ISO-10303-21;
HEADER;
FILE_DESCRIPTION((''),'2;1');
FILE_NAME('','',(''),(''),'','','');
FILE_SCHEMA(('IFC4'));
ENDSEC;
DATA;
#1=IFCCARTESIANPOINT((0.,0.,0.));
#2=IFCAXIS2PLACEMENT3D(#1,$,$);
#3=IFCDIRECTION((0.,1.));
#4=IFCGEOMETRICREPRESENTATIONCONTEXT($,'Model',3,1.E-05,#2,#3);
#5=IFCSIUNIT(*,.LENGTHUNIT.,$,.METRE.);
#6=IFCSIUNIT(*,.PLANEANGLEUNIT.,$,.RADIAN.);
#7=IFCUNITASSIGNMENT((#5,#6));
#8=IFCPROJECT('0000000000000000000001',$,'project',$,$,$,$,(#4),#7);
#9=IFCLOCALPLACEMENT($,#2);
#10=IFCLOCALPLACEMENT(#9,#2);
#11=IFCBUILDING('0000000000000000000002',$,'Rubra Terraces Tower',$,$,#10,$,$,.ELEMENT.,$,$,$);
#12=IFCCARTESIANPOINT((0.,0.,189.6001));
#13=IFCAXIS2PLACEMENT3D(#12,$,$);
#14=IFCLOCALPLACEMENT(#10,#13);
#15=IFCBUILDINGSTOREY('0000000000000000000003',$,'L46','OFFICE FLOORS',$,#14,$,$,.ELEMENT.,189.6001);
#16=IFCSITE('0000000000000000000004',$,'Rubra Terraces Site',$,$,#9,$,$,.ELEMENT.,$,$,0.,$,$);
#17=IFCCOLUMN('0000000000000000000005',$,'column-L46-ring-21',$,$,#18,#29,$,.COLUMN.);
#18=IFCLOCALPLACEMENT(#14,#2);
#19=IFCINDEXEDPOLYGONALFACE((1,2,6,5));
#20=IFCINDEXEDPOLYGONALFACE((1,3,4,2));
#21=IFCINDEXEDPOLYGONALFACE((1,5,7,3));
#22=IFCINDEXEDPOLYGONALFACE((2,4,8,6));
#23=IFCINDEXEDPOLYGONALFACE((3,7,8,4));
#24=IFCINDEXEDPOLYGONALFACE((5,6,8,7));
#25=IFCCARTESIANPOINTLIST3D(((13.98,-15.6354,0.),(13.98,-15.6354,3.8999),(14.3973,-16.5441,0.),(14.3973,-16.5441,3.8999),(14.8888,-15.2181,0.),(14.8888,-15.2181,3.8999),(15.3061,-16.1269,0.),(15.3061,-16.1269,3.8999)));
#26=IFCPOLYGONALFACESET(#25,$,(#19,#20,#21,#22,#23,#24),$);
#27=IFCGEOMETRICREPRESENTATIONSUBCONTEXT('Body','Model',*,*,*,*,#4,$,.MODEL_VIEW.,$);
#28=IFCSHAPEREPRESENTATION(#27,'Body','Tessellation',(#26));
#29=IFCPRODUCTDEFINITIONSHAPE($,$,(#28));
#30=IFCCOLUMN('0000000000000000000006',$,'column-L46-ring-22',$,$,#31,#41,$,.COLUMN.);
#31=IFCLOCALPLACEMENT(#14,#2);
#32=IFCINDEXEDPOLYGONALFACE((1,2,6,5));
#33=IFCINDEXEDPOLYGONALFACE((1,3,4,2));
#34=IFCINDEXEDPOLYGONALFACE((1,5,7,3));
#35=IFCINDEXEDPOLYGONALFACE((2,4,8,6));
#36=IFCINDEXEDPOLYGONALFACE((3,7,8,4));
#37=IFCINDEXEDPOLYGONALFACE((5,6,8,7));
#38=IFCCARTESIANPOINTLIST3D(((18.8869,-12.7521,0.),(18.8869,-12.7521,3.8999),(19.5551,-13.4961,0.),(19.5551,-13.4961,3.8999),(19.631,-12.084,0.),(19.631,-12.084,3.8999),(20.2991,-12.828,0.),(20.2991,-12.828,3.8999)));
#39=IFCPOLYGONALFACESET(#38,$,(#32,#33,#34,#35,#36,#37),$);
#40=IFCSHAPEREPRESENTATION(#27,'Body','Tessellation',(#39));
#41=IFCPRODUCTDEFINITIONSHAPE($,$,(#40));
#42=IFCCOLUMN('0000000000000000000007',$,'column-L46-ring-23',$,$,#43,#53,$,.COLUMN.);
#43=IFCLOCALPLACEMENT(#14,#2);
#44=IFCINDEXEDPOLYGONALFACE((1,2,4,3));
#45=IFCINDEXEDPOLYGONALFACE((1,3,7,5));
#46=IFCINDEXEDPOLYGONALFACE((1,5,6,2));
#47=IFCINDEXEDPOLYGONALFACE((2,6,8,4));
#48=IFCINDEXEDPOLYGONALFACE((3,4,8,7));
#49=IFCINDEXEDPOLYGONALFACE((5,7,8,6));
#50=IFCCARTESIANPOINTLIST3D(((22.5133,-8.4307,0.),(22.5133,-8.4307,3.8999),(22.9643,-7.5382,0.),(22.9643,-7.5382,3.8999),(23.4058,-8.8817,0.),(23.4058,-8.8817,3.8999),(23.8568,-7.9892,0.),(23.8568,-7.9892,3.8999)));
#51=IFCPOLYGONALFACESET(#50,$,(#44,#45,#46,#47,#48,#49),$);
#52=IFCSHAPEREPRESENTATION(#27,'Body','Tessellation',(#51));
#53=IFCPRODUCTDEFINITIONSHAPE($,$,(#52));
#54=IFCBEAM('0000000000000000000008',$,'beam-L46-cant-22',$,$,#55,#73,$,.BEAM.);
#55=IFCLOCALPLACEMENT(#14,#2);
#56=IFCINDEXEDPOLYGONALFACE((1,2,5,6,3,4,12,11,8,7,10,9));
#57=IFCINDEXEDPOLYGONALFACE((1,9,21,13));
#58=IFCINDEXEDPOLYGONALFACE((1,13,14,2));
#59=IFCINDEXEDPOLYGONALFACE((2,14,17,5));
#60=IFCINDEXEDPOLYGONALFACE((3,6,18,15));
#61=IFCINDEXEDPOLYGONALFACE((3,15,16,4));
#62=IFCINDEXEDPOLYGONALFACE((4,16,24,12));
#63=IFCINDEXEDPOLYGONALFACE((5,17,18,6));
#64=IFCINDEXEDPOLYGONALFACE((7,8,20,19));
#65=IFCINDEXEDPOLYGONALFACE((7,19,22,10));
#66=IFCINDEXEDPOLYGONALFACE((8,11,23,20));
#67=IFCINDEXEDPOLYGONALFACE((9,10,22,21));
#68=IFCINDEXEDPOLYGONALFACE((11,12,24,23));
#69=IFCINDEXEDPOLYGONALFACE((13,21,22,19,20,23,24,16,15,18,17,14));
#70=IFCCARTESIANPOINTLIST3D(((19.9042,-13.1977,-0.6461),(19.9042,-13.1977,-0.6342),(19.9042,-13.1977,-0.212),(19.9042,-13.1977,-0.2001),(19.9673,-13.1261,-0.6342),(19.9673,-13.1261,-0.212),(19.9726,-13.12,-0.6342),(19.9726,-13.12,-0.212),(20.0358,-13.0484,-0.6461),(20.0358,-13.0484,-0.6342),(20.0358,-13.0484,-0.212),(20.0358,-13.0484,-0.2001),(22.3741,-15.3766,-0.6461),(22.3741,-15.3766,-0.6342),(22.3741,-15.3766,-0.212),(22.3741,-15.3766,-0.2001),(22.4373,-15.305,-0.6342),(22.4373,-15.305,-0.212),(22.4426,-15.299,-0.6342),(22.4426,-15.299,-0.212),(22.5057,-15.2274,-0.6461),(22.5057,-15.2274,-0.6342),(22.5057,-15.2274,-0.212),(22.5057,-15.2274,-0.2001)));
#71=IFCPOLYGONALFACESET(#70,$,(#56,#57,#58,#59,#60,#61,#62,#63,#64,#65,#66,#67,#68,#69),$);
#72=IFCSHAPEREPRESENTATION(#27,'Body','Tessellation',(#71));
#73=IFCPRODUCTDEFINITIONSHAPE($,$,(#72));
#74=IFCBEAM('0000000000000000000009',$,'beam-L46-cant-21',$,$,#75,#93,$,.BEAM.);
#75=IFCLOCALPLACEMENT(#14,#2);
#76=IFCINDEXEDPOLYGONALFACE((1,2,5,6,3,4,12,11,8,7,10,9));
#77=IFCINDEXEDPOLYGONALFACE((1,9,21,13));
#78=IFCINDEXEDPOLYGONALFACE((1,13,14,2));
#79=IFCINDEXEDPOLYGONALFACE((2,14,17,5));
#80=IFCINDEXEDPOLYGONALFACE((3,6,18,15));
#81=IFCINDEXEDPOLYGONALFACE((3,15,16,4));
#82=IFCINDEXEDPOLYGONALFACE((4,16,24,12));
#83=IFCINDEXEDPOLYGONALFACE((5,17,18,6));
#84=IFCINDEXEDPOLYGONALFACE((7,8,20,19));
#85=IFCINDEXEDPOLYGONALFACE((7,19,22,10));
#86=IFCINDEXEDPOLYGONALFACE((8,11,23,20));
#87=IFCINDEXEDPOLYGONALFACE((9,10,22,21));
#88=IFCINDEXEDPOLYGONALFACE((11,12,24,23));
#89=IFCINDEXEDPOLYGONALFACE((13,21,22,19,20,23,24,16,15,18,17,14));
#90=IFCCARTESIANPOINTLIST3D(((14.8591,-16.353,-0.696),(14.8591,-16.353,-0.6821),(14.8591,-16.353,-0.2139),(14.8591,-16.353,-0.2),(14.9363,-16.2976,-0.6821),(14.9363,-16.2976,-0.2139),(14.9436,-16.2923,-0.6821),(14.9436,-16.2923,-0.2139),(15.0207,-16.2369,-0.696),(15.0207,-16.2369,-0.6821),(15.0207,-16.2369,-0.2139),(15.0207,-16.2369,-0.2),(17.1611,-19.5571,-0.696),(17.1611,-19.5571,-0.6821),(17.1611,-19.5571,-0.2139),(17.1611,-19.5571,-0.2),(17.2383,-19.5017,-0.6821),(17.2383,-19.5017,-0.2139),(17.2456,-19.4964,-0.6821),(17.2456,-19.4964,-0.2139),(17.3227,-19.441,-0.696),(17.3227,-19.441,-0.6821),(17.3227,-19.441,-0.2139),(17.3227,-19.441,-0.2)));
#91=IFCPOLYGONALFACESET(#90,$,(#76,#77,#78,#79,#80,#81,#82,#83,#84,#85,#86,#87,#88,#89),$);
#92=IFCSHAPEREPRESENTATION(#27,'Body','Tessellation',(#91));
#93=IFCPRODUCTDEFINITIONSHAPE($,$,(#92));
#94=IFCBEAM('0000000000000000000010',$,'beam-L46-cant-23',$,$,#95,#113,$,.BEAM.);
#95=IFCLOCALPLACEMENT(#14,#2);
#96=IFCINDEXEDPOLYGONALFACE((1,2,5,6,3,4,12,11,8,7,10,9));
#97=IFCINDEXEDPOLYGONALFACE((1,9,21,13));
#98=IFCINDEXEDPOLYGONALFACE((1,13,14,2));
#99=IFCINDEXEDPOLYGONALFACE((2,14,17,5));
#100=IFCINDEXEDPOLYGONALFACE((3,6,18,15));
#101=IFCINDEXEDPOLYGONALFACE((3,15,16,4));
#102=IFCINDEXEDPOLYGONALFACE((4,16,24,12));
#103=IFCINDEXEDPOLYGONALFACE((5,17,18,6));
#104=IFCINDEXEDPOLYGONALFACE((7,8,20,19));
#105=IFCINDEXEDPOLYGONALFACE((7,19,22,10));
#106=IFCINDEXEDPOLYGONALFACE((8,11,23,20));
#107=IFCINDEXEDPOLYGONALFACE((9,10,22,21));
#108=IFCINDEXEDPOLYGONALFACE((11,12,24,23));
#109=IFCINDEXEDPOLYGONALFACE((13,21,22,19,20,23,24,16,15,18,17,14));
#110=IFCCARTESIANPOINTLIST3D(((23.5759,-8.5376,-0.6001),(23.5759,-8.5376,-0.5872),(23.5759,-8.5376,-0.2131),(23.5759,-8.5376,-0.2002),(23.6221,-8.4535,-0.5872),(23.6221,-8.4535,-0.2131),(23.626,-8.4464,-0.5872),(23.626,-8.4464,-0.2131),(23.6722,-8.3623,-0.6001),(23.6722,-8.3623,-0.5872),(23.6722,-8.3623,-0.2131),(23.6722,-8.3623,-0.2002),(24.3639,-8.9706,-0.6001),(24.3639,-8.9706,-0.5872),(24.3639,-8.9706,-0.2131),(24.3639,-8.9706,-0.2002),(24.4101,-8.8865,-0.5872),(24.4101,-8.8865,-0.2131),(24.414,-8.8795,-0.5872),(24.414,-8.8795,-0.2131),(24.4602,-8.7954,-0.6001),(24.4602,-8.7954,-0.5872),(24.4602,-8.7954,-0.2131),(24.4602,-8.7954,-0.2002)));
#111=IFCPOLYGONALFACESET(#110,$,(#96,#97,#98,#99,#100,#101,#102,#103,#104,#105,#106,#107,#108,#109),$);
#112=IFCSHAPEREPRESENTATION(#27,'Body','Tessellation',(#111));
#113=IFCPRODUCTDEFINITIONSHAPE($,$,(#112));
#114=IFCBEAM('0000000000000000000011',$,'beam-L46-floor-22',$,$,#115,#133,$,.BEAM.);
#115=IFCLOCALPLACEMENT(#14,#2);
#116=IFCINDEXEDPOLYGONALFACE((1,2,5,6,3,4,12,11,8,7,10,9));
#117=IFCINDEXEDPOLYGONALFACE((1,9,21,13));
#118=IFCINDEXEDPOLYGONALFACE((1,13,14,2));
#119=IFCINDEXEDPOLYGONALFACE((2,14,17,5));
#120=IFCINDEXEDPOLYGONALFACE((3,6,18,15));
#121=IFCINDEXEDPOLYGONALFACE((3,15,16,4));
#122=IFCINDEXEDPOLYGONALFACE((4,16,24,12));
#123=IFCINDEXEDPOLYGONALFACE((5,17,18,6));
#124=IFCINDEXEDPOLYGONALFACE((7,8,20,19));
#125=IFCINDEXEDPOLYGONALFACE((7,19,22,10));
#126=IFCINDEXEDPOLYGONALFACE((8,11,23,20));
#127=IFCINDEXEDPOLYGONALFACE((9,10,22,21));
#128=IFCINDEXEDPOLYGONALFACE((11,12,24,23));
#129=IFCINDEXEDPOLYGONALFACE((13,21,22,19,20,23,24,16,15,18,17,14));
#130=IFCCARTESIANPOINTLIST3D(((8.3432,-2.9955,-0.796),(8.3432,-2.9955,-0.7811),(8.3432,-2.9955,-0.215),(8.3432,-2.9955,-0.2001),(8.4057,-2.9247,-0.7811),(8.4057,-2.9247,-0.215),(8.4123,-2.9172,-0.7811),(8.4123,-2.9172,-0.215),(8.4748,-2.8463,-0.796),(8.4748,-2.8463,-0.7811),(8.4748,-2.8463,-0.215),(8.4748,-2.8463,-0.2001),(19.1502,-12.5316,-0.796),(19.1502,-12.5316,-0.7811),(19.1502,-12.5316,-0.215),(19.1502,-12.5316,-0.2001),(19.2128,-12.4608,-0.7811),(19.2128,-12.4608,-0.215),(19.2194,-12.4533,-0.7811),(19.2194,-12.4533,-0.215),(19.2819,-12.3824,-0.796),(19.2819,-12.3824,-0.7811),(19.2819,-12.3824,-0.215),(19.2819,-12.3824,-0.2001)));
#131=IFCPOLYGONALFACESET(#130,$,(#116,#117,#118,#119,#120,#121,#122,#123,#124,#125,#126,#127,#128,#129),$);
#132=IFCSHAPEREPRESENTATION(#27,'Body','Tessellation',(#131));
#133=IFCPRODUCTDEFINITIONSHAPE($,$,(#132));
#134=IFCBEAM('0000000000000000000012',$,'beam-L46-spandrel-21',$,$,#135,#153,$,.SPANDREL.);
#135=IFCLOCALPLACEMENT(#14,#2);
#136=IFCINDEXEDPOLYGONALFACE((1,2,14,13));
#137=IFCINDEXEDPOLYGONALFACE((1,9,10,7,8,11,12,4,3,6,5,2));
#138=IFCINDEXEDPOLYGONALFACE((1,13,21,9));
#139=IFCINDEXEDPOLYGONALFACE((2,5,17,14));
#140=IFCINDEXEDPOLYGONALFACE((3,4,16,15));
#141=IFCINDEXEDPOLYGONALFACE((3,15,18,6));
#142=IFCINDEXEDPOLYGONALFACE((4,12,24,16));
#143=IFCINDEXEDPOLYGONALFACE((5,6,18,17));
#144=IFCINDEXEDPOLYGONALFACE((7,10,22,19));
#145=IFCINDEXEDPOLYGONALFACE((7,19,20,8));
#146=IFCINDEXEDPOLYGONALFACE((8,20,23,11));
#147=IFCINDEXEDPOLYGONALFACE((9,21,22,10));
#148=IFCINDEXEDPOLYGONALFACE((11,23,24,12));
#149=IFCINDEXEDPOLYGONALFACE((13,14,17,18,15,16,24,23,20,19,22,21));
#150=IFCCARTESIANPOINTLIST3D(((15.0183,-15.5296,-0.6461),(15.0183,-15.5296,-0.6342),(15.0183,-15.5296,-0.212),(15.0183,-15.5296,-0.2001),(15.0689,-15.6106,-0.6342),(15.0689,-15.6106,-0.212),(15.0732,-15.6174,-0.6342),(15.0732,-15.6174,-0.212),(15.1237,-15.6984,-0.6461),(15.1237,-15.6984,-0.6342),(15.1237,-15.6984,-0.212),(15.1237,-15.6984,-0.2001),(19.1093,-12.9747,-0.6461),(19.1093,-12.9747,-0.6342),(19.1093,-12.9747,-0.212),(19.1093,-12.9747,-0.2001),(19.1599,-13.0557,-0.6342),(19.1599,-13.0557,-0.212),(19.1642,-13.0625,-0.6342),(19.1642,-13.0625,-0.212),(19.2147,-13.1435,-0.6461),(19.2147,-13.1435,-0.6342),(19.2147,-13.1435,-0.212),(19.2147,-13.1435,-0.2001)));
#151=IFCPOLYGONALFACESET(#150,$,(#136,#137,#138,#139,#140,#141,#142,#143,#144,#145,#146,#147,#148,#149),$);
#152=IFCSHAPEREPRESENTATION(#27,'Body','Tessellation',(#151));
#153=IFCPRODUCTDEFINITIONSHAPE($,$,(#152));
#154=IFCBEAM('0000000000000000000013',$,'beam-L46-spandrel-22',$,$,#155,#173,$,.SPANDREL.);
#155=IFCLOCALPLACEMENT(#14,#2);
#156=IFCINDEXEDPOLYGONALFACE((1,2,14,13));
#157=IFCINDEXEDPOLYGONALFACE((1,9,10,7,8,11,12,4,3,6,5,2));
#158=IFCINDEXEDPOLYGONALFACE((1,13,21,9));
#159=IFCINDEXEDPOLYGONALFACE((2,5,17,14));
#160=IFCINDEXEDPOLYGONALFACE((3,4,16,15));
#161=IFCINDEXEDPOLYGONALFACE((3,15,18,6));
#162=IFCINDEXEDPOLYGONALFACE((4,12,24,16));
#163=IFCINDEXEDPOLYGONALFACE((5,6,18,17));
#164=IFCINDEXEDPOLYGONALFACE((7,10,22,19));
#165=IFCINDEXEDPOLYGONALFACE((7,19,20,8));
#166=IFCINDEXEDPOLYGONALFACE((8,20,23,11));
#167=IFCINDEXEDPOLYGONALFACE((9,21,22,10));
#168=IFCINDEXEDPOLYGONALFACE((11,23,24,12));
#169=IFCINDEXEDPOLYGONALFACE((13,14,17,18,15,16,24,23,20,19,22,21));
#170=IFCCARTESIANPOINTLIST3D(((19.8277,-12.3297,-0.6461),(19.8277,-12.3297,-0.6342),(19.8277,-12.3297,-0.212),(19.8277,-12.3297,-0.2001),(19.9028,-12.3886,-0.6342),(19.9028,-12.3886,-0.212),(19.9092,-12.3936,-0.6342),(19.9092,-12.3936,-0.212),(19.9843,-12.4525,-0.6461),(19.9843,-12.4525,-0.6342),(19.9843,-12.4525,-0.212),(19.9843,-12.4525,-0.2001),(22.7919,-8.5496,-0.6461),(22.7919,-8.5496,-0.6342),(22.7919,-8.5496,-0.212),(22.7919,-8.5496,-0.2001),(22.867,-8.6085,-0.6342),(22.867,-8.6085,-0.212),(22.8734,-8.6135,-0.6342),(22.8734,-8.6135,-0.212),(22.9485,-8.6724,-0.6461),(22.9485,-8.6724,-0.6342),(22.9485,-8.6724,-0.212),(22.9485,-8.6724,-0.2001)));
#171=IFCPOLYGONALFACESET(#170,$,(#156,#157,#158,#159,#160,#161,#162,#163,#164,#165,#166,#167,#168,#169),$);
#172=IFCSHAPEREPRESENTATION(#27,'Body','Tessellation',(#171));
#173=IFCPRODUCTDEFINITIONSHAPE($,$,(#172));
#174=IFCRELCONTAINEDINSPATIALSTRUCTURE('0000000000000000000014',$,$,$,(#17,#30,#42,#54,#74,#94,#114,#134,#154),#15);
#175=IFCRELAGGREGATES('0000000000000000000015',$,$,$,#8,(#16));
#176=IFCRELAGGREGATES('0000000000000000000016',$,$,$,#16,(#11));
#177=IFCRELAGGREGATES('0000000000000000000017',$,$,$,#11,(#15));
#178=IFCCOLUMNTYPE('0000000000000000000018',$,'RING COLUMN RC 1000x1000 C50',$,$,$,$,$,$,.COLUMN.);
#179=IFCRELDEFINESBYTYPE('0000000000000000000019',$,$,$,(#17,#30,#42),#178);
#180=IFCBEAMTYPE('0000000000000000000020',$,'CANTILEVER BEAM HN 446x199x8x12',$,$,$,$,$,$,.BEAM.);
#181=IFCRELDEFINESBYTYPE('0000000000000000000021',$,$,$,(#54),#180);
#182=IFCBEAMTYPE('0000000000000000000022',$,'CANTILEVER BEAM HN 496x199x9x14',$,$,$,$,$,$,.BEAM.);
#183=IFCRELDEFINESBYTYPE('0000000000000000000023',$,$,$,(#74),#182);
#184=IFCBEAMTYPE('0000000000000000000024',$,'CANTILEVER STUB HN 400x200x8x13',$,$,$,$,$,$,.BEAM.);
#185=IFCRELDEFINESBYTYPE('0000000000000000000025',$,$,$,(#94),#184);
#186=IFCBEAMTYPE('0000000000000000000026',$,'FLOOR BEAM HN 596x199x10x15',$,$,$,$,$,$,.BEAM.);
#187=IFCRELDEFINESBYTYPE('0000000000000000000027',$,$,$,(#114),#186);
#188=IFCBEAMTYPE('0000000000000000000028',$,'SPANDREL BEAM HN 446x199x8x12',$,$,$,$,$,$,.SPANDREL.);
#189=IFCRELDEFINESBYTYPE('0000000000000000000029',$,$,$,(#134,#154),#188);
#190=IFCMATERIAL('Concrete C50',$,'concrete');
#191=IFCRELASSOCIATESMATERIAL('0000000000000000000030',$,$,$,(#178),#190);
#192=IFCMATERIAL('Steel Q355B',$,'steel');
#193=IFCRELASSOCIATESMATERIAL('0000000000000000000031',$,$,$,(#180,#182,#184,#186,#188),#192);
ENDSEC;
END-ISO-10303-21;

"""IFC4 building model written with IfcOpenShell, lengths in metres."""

from ifc_helpers import new_model, si_unit, direction, frame, origin, origin_2d, place, context, subcontext, project, spatial, rectangle, i_section, extrude, material, material_profile, profile_set, type_object, element, save


model = new_model("IFC4")

# Units and contexts
model_context = context("Model", 3, precision=1e-05, world=origin(), true_north=direction((0.0, 1.0)))
body_context = subcontext(model_context, "Body", "Model", "MODEL_VIEW")
ifc_project = project(units=[si_unit("LENGTHUNIT", "METRE"), si_unit("PLANEANGLEUNIT", "RADIAN")], contexts=[model_context])

# Site, building, storey
site_placement = place(None, origin())
site = spatial("IfcSite", under=ifc_project, at=site_placement, Name="Rubra Terraces Site", CompositionType="ELEMENT", RefElevation=0.0)
building_placement = place(site_placement, origin())
building = spatial("IfcBuilding", under=site, at=building_placement, Name="Rubra Terraces Tower", CompositionType="ELEMENT")
storey_placement = place(building_placement, frame((0.0, 0.0, 189.6001)))
storey = spatial("IfcBuildingStorey", under=building, at=storey_placement, Name="L46", Description="OFFICE FLOORS", CompositionType="ELEMENT", Elevation=189.6001)

# Columns
ifc_material_1 = material(Name="Concrete C50", Category="concrete")
ifc_material_profile_1 = material_profile(ifc_material_1, rectangle(XDim=1.0, YDim=1.0, at=origin_2d()), Name="RC 1000x1000")
ifc_profile_set_1 = profile_set([ifc_material_profile_1], Name="Concrete C50")
column_type = type_object("IfcColumnType", Name="RING COLUMN RC 1000x1000 C50", PredefinedType="COLUMN", material=ifc_profile_set_1)
for number, where, z_axis, x_axis, name in (
    (1, (14.6431, -15.8811, 0.0), (0.0, 0.0, 1.0), (0.908779, 0.417279, 0.0), "column-L46-ring-21"),
    (2, (19.593, -12.79, 0.0), (0.0, 0.0, 1.0), (0.744021, 0.668156, 0.0), "column-L46-ring-22"),
    (3, (23.1851, -8.21, 0.0), (0.0, 0.0, 1.0), (0.451028, 0.89251, 0.0), "column-L46-ring-23"),
):
    element("IfcColumn", number, at=place(storey_placement, frame(where, z_axis=z_axis, x_axis=x_axis)), inside=storey, type_object=column_type, Name=name, PredefinedType="COLUMN", context=body_context, shape_type="SweptSolid", body=[
        extrude(rectangle(XDim=1.0, YDim=1.0, at=origin_2d()), origin(), (0.0, 0.0, 1.0), 3.8999),
    ])

# Beams
ifc_material_2 = material(Name="Steel Q355B", Category="steel")
ifc_material_profile_2 = material_profile(ifc_material_2, i_section(OverallWidth=0.199, OverallDepth=0.446, WebThickness=0.0081, FlangeThickness=0.012, at=origin_2d()), Name="HN 446x199x8x12")
ifc_profile_set_2 = profile_set([ifc_material_profile_2], Name="Steel Q355B")
beam_type_1 = type_object("IfcBeamType", Name="CANTILEVER BEAM HN 446x199x8x12", PredefinedType="BEAM", material=ifc_profile_set_2)
beam_1_placement = place(storey_placement, frame((19.97, -13.123, -0.4231), z_axis=(0.749903, -0.661548, 0.0), x_axis=(0.661548, 0.749903, 0.0)))
element("IfcBeam", 4, at=beam_1_placement, inside=storey, type_object=beam_type_1, Name="beam-L46-cant-22", PredefinedType="BEAM", context=body_context, shape_type="SweptSolid", body=[
    extrude(i_section(OverallWidth=0.199, OverallDepth=0.446, WebThickness=0.0081, FlangeThickness=0.012, at=origin_2d()), origin(), (0.0, 0.0, 1.0), 3.2937),
])
ifc_material_profile_3 = material_profile(ifc_material_2, i_section(OverallWidth=0.199, OverallDepth=0.4961, WebThickness=0.009, FlangeThickness=0.0139, at=origin_2d()), Name="HN 496x199x9x14")
ifc_profile_set_3 = profile_set([ifc_material_profile_3], Name="Steel Q355B")
beam_type_2 = type_object("IfcBeamType", Name="CANTILEVER BEAM HN 496x199x9x14", PredefinedType="BEAM", material=ifc_profile_set_3)
beam_2_placement = place(storey_placement, frame((14.9399, -16.2949, -0.448), z_axis=(0.583478, -0.812129, 0.0), x_axis=(0.812129, 0.583478, 0.0)))
element("IfcBeam", 5, at=beam_2_placement, inside=storey, type_object=beam_type_2, Name="beam-L46-cant-21", PredefinedType="BEAM", context=body_context, shape_type="SweptSolid", body=[
    extrude(i_section(OverallWidth=0.199, OverallDepth=0.4961, WebThickness=0.009, FlangeThickness=0.0139, at=origin_2d()), origin(), (0.0, 0.0, 1.0), 3.9453),
])
ifc_material_profile_4 = material_profile(ifc_material_2, i_section(OverallWidth=0.2, OverallDepth=0.3999, WebThickness=0.0081, FlangeThickness=0.0129, at=origin_2d()), Name="HN 400x200x8x13")
ifc_profile_set_4 = profile_set([ifc_material_profile_4], Name="Steel Q355B")
beam_type_3 = type_object("IfcBeamType", Name="CANTILEVER STUB HN 400x200x8x13", PredefinedType="BEAM", material=ifc_profile_set_4)
beam_3_placement = place(storey_placement, frame((23.624, -8.45, -0.4001), z_axis=(0.876376, -0.481627, 0.0), x_axis=(0.481627, 0.876376, 0.0)))
element("IfcBeam", 6, at=beam_3_placement, inside=storey, type_object=beam_type_3, Name="beam-L46-cant-23", PredefinedType="BEAM", context=body_context, shape_type="SweptSolid", body=[
    extrude(i_section(OverallWidth=0.2, OverallDepth=0.3999, WebThickness=0.0081, FlangeThickness=0.0129, at=origin_2d()), origin(), (0.0, 0.0, 1.0), 0.8992),
])
ifc_material_profile_5 = material_profile(ifc_material_2, i_section(OverallWidth=0.199, OverallDepth=0.5959, WebThickness=0.01, FlangeThickness=0.0149, at=origin_2d()), Name="HN 596x199x10x15")
ifc_profile_set_5 = profile_set([ifc_material_profile_5], Name="Steel Q355B")
beam_type_4 = type_object("IfcBeamType", Name="FLOOR BEAM HN 596x199x10x15", PredefinedType="BEAM", material=ifc_profile_set_5)
beam_4_placement = place(storey_placement, frame((19.2161, -12.457, -0.498), z_axis=(-0.749823, 0.661638, 0.0), x_axis=(-0.661638, -0.749823, 0.0)))
element("IfcBeam", 7, at=beam_4_placement, inside=storey, type_object=beam_type_4, Name="beam-L46-floor-22", PredefinedType="BEAM", context=body_context, shape_type="SweptSolid", body=[
    extrude(i_section(OverallWidth=0.199, OverallDepth=0.5959, WebThickness=0.01, FlangeThickness=0.0149, at=origin_2d()), origin(), (0.0, 0.0, 1.0), 14.4128),
])
ifc_material_profile_6 = material_profile(ifc_material_2, i_section(OverallWidth=0.199, OverallDepth=0.446, WebThickness=0.0081, FlangeThickness=0.012, at=origin_2d()), Name="HN 446x199x8x12")
ifc_profile_set_6 = profile_set([ifc_material_profile_6], Name="Steel Q355B")
beam_type_5 = type_object("IfcBeamType", Name="SPANDREL BEAM HN 446x199x8x12", PredefinedType="SPANDREL", material=ifc_profile_set_6)
beam_5_placement = place(storey_placement, frame((15.071, -15.614, -0.4231), z_axis=(0.848183, 0.529703, 0.0), x_axis=(-0.529703, 0.848183, 0.0)))
element("IfcBeam", 8, at=beam_5_placement, inside=storey, type_object=beam_type_5, Name="beam-L46-spandrel-21", PredefinedType="SPANDREL", context=body_context, shape_type="SweptSolid", body=[
    extrude(i_section(OverallWidth=0.199, OverallDepth=0.446, WebThickness=0.0081, FlangeThickness=0.012, at=origin_2d()), origin(), (0.0, 0.0, 1.0), 4.8232),
])
beam_6_placement = place(storey_placement, frame((19.906, -12.3911, -0.4231), z_axis=(0.61706, 0.786916, 0.0), x_axis=(-0.786916, 0.61706, 0.0)))
element("IfcBeam", 9, at=beam_6_placement, inside=storey, type_object=beam_type_5, Name="beam-L46-spandrel-22", PredefinedType="SPANDREL", context=body_context, shape_type="SweptSolid", body=[
    extrude(i_section(OverallWidth=0.199, OverallDepth=0.446, WebThickness=0.0081, FlangeThickness=0.012, at=origin_2d()), origin(), (0.0, 0.0, 1.0), 4.8037),
])

save(model, "model.ifc")
